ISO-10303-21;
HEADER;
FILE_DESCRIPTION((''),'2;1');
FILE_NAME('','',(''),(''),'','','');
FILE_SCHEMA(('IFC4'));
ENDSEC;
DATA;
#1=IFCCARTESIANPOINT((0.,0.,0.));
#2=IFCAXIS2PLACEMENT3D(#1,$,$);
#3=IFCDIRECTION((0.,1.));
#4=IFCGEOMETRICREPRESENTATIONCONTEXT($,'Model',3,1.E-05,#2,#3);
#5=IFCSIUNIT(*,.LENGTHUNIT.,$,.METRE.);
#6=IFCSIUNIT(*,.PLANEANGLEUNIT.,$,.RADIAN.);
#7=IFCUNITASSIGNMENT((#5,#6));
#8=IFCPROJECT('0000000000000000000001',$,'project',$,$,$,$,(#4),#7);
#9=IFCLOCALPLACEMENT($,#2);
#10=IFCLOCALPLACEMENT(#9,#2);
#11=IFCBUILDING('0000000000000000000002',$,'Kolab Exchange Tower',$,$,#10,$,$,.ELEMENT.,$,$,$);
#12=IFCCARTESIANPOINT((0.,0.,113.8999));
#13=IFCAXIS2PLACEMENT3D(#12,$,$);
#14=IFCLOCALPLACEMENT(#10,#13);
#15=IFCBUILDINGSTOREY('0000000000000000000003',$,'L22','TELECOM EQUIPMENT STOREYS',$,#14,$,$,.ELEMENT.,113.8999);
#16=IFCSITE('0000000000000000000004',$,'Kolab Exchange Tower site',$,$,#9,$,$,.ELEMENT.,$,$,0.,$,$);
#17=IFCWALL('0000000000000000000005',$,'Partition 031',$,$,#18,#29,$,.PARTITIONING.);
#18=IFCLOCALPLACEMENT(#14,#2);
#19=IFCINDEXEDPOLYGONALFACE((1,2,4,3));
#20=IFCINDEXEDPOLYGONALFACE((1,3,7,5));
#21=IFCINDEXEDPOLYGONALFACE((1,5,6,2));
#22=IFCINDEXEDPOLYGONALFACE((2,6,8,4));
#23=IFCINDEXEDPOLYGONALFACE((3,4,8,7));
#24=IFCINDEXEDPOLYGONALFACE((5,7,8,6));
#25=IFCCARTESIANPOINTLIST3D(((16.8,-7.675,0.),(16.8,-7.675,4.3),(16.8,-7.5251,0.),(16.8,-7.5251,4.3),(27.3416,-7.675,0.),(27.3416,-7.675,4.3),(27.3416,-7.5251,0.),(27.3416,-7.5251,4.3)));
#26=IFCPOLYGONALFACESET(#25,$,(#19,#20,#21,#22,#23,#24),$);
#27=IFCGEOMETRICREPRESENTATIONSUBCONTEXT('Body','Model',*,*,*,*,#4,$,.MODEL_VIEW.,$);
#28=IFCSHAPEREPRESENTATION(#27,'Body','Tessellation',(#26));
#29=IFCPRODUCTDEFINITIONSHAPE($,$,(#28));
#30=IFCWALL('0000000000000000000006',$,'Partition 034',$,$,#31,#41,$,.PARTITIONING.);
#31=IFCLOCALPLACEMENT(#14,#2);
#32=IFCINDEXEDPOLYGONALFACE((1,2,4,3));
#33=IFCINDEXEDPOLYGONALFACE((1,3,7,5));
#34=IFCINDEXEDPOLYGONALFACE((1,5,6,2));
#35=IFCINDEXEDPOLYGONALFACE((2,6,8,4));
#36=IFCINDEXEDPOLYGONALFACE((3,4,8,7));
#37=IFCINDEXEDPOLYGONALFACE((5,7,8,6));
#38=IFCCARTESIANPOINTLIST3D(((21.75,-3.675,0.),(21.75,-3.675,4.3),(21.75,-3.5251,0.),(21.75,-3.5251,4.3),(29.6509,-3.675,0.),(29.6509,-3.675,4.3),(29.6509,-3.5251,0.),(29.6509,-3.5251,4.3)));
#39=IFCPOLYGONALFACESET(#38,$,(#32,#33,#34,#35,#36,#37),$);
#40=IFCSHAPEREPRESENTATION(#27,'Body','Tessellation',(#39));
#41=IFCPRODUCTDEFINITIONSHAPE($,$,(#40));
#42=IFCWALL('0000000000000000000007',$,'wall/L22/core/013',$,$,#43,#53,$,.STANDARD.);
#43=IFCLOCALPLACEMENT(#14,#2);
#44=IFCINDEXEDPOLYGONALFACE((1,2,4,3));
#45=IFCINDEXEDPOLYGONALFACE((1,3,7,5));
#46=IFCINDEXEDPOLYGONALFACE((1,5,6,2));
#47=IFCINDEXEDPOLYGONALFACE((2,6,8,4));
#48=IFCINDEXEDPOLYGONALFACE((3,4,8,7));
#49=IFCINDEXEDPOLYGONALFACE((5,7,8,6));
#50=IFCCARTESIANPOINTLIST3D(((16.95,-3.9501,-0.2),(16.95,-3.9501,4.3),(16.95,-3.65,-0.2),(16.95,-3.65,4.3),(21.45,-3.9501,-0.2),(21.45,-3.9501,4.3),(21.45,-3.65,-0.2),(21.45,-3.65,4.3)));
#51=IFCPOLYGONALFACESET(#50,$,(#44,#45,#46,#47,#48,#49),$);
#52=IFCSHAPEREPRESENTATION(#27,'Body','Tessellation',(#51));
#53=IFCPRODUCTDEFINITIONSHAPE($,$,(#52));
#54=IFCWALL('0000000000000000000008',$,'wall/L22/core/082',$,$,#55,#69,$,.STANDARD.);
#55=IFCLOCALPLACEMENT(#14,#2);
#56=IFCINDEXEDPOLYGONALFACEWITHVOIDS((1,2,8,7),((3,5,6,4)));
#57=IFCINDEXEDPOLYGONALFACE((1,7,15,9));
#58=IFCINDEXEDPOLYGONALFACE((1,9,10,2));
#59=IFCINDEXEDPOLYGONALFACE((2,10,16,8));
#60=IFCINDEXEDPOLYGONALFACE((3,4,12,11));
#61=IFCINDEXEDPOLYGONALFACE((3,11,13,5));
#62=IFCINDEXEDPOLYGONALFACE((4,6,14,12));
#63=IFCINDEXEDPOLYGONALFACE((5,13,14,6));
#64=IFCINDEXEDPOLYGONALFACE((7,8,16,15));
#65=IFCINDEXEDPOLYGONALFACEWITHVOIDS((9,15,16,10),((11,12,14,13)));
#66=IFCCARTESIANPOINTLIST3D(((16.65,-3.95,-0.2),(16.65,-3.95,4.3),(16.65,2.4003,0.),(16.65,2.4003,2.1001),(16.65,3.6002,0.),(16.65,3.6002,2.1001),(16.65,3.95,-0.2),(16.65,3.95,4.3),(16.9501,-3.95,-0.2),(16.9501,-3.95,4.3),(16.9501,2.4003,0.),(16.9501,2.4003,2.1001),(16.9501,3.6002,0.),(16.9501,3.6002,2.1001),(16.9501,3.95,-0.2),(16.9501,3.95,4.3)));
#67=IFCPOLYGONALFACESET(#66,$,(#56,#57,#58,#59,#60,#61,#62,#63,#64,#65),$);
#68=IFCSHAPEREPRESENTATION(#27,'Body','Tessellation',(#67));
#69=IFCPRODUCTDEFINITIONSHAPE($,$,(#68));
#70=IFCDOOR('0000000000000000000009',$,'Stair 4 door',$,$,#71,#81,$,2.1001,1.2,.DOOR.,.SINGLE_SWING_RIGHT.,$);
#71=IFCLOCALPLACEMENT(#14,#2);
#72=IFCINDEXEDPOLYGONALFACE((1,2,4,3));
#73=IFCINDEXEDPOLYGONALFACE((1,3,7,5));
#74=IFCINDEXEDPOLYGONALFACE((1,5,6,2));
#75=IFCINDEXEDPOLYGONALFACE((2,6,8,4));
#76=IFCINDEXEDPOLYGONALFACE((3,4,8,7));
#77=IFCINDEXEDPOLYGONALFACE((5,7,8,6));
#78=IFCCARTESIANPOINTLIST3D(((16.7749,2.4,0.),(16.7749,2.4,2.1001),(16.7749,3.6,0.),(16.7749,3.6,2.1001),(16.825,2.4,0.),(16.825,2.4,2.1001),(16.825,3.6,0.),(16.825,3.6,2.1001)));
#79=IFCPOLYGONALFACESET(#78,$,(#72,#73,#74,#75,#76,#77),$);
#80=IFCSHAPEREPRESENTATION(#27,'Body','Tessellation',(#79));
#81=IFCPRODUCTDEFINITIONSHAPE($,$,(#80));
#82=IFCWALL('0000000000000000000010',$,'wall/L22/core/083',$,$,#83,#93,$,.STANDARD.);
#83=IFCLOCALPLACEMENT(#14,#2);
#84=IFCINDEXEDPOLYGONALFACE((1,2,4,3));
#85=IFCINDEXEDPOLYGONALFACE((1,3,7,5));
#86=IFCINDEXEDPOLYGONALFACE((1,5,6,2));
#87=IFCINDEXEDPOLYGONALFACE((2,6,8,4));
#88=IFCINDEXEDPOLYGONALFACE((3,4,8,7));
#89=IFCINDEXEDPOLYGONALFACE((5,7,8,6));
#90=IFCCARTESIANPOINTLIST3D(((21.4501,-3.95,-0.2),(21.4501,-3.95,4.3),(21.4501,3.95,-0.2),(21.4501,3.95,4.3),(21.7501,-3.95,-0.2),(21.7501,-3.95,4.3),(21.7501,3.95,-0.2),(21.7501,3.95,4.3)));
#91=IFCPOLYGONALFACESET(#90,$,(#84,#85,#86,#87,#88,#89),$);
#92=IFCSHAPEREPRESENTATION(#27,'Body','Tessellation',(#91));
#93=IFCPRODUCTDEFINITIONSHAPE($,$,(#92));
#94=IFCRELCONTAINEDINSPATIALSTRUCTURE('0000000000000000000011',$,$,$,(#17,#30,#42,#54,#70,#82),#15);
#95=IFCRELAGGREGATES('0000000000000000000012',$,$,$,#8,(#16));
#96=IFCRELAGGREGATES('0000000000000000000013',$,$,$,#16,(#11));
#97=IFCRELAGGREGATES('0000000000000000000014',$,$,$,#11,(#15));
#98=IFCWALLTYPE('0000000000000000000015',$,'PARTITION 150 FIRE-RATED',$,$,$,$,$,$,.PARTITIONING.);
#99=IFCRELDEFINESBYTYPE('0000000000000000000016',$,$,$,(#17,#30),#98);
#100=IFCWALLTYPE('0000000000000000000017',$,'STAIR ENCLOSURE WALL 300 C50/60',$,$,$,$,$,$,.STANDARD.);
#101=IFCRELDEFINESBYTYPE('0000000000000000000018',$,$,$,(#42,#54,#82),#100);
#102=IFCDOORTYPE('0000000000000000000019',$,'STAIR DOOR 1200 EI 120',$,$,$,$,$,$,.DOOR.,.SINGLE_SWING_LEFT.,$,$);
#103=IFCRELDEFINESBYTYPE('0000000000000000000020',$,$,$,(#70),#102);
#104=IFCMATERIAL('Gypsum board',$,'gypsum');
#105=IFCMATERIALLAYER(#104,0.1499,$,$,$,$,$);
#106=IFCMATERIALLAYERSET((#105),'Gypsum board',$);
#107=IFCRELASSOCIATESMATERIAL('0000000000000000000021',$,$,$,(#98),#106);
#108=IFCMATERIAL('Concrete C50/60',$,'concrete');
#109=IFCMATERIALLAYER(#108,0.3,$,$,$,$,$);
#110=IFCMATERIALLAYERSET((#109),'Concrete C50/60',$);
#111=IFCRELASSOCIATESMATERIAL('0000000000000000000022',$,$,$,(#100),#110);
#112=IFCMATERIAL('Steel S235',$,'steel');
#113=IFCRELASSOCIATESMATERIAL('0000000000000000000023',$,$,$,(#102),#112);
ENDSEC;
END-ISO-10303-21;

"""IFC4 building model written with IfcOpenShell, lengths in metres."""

from ifc_helpers import new_model, si_unit, direction, frame, frame_2d, origin, place, context, subcontext, project, spatial, rectangle, extrude, material, layer, layer_set, type_object, element, fill, save


model = new_model("IFC4")

# Units and contexts
model_context = context("Model", 3, precision=1e-05, world=origin(), true_north=direction((0.0, 1.0)))
body_context = subcontext(model_context, "Body", "Model", "MODEL_VIEW")
ifc_project = project(units=[si_unit("LENGTHUNIT", "METRE"), si_unit("PLANEANGLEUNIT", "RADIAN")], contexts=[model_context])

# Site, building, storey
site_placement = place(None, origin())
site = spatial("IfcSite", under=ifc_project, at=site_placement, Name="Kolab Exchange Tower site", CompositionType="ELEMENT", RefElevation=0.0)
building_placement = place(site_placement, origin())
building = spatial("IfcBuilding", under=site, at=building_placement, Name="Kolab Exchange Tower", CompositionType="ELEMENT")
storey_placement = place(building_placement, frame((0.0, 0.0, 113.8999)))
storey = spatial("IfcBuildingStorey", under=building, at=storey_placement, Name="L22", Description="TELECOM EQUIPMENT STOREYS", CompositionType="ELEMENT", Elevation=113.8999)

# Walls
ifc_material_1 = material(Name="Gypsum board", Category="gypsum")
ifc_layer_1 = layer(ifc_material_1, 0.1499)
ifc_layer_set_1 = layer_set([ifc_layer_1], Name="Gypsum board")
wall_type_1 = type_object("IfcWallType", Name="PARTITION 150 FIRE-RATED", PredefinedType="PARTITIONING", material=ifc_layer_set_1)
wall_1_placement = place(storey_placement, frame((16.8, -7.6001, 0.0), z_axis=(0.0, 0.0, 1.0), x_axis=(1.0, 0.0, 0.0)))
element("IfcWall", 1, at=wall_1_placement, inside=storey, type_object=wall_type_1, Name="Partition 031", PredefinedType="PARTITIONING", context=body_context, shape_type="SweptSolid", body=[
    extrude(rectangle(XDim=10.5415, YDim=0.1499, at=frame_2d((5.2708, 0.0))), origin(), (0.0, 0.0, 1.0), 4.3),
])
wall_2_placement = place(storey_placement, frame((21.75, -3.6001, 0.0), z_axis=(0.0, 0.0, 1.0), x_axis=(1.0, 0.0, 0.0)))
element("IfcWall", 2, at=wall_2_placement, inside=storey, type_object=wall_type_1, Name="Partition 034", PredefinedType="PARTITIONING", context=body_context, shape_type="SweptSolid", body=[
    extrude(rectangle(XDim=7.9009, YDim=0.1499, at=frame_2d((3.9504, 0.0))), origin(), (0.0, 0.0, 1.0), 4.3),
])
ifc_material_2 = material(Name="Concrete C50/60", Category="concrete")
ifc_layer_2 = layer(ifc_material_2, 0.3)
ifc_layer_set_2 = layer_set([ifc_layer_2], Name="Concrete C50/60")
wall_type_2 = type_object("IfcWallType", Name="STAIR ENCLOSURE WALL 300 C50/60", PredefinedType="STANDARD", material=ifc_layer_set_2)
wall_3_placement = place(storey_placement, frame((16.95, -3.8, -0.2), z_axis=(0.0, 0.0, 1.0), x_axis=(1.0, 0.0, 0.0)))
element("IfcWall", 3, at=wall_3_placement, inside=storey, type_object=wall_type_2, Name="wall/L22/core/013", PredefinedType="STANDARD", context=body_context, shape_type="SweptSolid", body=[
    extrude(rectangle(XDim=4.5, YDim=0.3, at=frame_2d((2.25, 0.0))), origin(), (0.0, 0.0, 1.0), 4.5),
])

# Wall, opening, door
wall_4_placement = place(storey_placement, frame((16.8, -3.95, -0.2), z_axis=(0.0, 0.0, 1.0), x_axis=(0.0, 1.0, 0.0)))
wall_4 = element("IfcWall", 4, at=wall_4_placement, inside=storey, type_object=wall_type_2, Name="wall/L22/core/082", PredefinedType="STANDARD", context=body_context, shape_type="SweptSolid", body=[
    extrude(rectangle(XDim=7.8999, YDim=0.3, at=frame_2d((3.95, 0.0))), origin(), (0.0, 0.0, 1.0), 4.5),
])
opening_1_placement = place(wall_4_placement, frame((6.3501, 0.0, 0.2)))
opening_1 = element("IfcOpeningElement", 5, at=opening_1_placement, cuts=wall_4, PredefinedType="OPENING", context=body_context, shape_type="SweptSolid", body=[
    extrude(rectangle(XDim=1.2, YDim=2.1001, at=frame_2d((0.6001, 1.05))), frame((0.0, 0.1602, 0.0), z_axis=(0.0, -1.0, 0.0), x_axis=(1.0, 0.0, 0.0)), (0.0, 0.0, 1.0), 0.3201),
])
ifc_material_3 = material(Name="Steel S235", Category="steel")
door_type_1 = type_object("IfcDoorType", Name="STAIR DOOR 1200 EI 120", OperationType="SINGLE_SWING_LEFT", PredefinedType="DOOR", material=ifc_material_3)
door_1_placement = place(opening_1_placement, frame((1.2, 0.0, 0.0), z_axis=(0.0, 0.0, 1.0), x_axis=(-1.0, 0.0, 0.0)))
door_1 = element("IfcDoor", 6, at=door_1_placement, inside=storey, type_object=door_type_1, Name="Stair 4 door", OperationType="SINGLE_SWING_RIGHT", OverallHeight=2.1001, OverallWidth=1.2, PredefinedType="DOOR", context=body_context, shape_type="SweptSolid", body=[
    extrude(rectangle(XDim=1.2, YDim=2.1001, at=frame_2d((0.6001, 1.05))), frame((0.0, 0.0249, 0.0), z_axis=(0.0, -1.0, 0.0), x_axis=(1.0, 0.0, 0.0)), (0.0, 0.0, 1.0), 0.05),
])
fill(opening_1, door_1)

# Wall
wall_5_placement = place(storey_placement, frame((21.6001, -3.95, -0.2), z_axis=(0.0, 0.0, 1.0), x_axis=(0.0, 1.0, 0.0)))
element("IfcWall", 7, at=wall_5_placement, inside=storey, type_object=wall_type_2, Name="wall/L22/core/083", PredefinedType="STANDARD", context=body_context, shape_type="SweptSolid", body=[
    extrude(rectangle(XDim=7.8999, YDim=0.3, at=frame_2d((3.95, 0.0))), origin(), (0.0, 0.0, 1.0), 4.5),
])

save(model, "model.ifc")
